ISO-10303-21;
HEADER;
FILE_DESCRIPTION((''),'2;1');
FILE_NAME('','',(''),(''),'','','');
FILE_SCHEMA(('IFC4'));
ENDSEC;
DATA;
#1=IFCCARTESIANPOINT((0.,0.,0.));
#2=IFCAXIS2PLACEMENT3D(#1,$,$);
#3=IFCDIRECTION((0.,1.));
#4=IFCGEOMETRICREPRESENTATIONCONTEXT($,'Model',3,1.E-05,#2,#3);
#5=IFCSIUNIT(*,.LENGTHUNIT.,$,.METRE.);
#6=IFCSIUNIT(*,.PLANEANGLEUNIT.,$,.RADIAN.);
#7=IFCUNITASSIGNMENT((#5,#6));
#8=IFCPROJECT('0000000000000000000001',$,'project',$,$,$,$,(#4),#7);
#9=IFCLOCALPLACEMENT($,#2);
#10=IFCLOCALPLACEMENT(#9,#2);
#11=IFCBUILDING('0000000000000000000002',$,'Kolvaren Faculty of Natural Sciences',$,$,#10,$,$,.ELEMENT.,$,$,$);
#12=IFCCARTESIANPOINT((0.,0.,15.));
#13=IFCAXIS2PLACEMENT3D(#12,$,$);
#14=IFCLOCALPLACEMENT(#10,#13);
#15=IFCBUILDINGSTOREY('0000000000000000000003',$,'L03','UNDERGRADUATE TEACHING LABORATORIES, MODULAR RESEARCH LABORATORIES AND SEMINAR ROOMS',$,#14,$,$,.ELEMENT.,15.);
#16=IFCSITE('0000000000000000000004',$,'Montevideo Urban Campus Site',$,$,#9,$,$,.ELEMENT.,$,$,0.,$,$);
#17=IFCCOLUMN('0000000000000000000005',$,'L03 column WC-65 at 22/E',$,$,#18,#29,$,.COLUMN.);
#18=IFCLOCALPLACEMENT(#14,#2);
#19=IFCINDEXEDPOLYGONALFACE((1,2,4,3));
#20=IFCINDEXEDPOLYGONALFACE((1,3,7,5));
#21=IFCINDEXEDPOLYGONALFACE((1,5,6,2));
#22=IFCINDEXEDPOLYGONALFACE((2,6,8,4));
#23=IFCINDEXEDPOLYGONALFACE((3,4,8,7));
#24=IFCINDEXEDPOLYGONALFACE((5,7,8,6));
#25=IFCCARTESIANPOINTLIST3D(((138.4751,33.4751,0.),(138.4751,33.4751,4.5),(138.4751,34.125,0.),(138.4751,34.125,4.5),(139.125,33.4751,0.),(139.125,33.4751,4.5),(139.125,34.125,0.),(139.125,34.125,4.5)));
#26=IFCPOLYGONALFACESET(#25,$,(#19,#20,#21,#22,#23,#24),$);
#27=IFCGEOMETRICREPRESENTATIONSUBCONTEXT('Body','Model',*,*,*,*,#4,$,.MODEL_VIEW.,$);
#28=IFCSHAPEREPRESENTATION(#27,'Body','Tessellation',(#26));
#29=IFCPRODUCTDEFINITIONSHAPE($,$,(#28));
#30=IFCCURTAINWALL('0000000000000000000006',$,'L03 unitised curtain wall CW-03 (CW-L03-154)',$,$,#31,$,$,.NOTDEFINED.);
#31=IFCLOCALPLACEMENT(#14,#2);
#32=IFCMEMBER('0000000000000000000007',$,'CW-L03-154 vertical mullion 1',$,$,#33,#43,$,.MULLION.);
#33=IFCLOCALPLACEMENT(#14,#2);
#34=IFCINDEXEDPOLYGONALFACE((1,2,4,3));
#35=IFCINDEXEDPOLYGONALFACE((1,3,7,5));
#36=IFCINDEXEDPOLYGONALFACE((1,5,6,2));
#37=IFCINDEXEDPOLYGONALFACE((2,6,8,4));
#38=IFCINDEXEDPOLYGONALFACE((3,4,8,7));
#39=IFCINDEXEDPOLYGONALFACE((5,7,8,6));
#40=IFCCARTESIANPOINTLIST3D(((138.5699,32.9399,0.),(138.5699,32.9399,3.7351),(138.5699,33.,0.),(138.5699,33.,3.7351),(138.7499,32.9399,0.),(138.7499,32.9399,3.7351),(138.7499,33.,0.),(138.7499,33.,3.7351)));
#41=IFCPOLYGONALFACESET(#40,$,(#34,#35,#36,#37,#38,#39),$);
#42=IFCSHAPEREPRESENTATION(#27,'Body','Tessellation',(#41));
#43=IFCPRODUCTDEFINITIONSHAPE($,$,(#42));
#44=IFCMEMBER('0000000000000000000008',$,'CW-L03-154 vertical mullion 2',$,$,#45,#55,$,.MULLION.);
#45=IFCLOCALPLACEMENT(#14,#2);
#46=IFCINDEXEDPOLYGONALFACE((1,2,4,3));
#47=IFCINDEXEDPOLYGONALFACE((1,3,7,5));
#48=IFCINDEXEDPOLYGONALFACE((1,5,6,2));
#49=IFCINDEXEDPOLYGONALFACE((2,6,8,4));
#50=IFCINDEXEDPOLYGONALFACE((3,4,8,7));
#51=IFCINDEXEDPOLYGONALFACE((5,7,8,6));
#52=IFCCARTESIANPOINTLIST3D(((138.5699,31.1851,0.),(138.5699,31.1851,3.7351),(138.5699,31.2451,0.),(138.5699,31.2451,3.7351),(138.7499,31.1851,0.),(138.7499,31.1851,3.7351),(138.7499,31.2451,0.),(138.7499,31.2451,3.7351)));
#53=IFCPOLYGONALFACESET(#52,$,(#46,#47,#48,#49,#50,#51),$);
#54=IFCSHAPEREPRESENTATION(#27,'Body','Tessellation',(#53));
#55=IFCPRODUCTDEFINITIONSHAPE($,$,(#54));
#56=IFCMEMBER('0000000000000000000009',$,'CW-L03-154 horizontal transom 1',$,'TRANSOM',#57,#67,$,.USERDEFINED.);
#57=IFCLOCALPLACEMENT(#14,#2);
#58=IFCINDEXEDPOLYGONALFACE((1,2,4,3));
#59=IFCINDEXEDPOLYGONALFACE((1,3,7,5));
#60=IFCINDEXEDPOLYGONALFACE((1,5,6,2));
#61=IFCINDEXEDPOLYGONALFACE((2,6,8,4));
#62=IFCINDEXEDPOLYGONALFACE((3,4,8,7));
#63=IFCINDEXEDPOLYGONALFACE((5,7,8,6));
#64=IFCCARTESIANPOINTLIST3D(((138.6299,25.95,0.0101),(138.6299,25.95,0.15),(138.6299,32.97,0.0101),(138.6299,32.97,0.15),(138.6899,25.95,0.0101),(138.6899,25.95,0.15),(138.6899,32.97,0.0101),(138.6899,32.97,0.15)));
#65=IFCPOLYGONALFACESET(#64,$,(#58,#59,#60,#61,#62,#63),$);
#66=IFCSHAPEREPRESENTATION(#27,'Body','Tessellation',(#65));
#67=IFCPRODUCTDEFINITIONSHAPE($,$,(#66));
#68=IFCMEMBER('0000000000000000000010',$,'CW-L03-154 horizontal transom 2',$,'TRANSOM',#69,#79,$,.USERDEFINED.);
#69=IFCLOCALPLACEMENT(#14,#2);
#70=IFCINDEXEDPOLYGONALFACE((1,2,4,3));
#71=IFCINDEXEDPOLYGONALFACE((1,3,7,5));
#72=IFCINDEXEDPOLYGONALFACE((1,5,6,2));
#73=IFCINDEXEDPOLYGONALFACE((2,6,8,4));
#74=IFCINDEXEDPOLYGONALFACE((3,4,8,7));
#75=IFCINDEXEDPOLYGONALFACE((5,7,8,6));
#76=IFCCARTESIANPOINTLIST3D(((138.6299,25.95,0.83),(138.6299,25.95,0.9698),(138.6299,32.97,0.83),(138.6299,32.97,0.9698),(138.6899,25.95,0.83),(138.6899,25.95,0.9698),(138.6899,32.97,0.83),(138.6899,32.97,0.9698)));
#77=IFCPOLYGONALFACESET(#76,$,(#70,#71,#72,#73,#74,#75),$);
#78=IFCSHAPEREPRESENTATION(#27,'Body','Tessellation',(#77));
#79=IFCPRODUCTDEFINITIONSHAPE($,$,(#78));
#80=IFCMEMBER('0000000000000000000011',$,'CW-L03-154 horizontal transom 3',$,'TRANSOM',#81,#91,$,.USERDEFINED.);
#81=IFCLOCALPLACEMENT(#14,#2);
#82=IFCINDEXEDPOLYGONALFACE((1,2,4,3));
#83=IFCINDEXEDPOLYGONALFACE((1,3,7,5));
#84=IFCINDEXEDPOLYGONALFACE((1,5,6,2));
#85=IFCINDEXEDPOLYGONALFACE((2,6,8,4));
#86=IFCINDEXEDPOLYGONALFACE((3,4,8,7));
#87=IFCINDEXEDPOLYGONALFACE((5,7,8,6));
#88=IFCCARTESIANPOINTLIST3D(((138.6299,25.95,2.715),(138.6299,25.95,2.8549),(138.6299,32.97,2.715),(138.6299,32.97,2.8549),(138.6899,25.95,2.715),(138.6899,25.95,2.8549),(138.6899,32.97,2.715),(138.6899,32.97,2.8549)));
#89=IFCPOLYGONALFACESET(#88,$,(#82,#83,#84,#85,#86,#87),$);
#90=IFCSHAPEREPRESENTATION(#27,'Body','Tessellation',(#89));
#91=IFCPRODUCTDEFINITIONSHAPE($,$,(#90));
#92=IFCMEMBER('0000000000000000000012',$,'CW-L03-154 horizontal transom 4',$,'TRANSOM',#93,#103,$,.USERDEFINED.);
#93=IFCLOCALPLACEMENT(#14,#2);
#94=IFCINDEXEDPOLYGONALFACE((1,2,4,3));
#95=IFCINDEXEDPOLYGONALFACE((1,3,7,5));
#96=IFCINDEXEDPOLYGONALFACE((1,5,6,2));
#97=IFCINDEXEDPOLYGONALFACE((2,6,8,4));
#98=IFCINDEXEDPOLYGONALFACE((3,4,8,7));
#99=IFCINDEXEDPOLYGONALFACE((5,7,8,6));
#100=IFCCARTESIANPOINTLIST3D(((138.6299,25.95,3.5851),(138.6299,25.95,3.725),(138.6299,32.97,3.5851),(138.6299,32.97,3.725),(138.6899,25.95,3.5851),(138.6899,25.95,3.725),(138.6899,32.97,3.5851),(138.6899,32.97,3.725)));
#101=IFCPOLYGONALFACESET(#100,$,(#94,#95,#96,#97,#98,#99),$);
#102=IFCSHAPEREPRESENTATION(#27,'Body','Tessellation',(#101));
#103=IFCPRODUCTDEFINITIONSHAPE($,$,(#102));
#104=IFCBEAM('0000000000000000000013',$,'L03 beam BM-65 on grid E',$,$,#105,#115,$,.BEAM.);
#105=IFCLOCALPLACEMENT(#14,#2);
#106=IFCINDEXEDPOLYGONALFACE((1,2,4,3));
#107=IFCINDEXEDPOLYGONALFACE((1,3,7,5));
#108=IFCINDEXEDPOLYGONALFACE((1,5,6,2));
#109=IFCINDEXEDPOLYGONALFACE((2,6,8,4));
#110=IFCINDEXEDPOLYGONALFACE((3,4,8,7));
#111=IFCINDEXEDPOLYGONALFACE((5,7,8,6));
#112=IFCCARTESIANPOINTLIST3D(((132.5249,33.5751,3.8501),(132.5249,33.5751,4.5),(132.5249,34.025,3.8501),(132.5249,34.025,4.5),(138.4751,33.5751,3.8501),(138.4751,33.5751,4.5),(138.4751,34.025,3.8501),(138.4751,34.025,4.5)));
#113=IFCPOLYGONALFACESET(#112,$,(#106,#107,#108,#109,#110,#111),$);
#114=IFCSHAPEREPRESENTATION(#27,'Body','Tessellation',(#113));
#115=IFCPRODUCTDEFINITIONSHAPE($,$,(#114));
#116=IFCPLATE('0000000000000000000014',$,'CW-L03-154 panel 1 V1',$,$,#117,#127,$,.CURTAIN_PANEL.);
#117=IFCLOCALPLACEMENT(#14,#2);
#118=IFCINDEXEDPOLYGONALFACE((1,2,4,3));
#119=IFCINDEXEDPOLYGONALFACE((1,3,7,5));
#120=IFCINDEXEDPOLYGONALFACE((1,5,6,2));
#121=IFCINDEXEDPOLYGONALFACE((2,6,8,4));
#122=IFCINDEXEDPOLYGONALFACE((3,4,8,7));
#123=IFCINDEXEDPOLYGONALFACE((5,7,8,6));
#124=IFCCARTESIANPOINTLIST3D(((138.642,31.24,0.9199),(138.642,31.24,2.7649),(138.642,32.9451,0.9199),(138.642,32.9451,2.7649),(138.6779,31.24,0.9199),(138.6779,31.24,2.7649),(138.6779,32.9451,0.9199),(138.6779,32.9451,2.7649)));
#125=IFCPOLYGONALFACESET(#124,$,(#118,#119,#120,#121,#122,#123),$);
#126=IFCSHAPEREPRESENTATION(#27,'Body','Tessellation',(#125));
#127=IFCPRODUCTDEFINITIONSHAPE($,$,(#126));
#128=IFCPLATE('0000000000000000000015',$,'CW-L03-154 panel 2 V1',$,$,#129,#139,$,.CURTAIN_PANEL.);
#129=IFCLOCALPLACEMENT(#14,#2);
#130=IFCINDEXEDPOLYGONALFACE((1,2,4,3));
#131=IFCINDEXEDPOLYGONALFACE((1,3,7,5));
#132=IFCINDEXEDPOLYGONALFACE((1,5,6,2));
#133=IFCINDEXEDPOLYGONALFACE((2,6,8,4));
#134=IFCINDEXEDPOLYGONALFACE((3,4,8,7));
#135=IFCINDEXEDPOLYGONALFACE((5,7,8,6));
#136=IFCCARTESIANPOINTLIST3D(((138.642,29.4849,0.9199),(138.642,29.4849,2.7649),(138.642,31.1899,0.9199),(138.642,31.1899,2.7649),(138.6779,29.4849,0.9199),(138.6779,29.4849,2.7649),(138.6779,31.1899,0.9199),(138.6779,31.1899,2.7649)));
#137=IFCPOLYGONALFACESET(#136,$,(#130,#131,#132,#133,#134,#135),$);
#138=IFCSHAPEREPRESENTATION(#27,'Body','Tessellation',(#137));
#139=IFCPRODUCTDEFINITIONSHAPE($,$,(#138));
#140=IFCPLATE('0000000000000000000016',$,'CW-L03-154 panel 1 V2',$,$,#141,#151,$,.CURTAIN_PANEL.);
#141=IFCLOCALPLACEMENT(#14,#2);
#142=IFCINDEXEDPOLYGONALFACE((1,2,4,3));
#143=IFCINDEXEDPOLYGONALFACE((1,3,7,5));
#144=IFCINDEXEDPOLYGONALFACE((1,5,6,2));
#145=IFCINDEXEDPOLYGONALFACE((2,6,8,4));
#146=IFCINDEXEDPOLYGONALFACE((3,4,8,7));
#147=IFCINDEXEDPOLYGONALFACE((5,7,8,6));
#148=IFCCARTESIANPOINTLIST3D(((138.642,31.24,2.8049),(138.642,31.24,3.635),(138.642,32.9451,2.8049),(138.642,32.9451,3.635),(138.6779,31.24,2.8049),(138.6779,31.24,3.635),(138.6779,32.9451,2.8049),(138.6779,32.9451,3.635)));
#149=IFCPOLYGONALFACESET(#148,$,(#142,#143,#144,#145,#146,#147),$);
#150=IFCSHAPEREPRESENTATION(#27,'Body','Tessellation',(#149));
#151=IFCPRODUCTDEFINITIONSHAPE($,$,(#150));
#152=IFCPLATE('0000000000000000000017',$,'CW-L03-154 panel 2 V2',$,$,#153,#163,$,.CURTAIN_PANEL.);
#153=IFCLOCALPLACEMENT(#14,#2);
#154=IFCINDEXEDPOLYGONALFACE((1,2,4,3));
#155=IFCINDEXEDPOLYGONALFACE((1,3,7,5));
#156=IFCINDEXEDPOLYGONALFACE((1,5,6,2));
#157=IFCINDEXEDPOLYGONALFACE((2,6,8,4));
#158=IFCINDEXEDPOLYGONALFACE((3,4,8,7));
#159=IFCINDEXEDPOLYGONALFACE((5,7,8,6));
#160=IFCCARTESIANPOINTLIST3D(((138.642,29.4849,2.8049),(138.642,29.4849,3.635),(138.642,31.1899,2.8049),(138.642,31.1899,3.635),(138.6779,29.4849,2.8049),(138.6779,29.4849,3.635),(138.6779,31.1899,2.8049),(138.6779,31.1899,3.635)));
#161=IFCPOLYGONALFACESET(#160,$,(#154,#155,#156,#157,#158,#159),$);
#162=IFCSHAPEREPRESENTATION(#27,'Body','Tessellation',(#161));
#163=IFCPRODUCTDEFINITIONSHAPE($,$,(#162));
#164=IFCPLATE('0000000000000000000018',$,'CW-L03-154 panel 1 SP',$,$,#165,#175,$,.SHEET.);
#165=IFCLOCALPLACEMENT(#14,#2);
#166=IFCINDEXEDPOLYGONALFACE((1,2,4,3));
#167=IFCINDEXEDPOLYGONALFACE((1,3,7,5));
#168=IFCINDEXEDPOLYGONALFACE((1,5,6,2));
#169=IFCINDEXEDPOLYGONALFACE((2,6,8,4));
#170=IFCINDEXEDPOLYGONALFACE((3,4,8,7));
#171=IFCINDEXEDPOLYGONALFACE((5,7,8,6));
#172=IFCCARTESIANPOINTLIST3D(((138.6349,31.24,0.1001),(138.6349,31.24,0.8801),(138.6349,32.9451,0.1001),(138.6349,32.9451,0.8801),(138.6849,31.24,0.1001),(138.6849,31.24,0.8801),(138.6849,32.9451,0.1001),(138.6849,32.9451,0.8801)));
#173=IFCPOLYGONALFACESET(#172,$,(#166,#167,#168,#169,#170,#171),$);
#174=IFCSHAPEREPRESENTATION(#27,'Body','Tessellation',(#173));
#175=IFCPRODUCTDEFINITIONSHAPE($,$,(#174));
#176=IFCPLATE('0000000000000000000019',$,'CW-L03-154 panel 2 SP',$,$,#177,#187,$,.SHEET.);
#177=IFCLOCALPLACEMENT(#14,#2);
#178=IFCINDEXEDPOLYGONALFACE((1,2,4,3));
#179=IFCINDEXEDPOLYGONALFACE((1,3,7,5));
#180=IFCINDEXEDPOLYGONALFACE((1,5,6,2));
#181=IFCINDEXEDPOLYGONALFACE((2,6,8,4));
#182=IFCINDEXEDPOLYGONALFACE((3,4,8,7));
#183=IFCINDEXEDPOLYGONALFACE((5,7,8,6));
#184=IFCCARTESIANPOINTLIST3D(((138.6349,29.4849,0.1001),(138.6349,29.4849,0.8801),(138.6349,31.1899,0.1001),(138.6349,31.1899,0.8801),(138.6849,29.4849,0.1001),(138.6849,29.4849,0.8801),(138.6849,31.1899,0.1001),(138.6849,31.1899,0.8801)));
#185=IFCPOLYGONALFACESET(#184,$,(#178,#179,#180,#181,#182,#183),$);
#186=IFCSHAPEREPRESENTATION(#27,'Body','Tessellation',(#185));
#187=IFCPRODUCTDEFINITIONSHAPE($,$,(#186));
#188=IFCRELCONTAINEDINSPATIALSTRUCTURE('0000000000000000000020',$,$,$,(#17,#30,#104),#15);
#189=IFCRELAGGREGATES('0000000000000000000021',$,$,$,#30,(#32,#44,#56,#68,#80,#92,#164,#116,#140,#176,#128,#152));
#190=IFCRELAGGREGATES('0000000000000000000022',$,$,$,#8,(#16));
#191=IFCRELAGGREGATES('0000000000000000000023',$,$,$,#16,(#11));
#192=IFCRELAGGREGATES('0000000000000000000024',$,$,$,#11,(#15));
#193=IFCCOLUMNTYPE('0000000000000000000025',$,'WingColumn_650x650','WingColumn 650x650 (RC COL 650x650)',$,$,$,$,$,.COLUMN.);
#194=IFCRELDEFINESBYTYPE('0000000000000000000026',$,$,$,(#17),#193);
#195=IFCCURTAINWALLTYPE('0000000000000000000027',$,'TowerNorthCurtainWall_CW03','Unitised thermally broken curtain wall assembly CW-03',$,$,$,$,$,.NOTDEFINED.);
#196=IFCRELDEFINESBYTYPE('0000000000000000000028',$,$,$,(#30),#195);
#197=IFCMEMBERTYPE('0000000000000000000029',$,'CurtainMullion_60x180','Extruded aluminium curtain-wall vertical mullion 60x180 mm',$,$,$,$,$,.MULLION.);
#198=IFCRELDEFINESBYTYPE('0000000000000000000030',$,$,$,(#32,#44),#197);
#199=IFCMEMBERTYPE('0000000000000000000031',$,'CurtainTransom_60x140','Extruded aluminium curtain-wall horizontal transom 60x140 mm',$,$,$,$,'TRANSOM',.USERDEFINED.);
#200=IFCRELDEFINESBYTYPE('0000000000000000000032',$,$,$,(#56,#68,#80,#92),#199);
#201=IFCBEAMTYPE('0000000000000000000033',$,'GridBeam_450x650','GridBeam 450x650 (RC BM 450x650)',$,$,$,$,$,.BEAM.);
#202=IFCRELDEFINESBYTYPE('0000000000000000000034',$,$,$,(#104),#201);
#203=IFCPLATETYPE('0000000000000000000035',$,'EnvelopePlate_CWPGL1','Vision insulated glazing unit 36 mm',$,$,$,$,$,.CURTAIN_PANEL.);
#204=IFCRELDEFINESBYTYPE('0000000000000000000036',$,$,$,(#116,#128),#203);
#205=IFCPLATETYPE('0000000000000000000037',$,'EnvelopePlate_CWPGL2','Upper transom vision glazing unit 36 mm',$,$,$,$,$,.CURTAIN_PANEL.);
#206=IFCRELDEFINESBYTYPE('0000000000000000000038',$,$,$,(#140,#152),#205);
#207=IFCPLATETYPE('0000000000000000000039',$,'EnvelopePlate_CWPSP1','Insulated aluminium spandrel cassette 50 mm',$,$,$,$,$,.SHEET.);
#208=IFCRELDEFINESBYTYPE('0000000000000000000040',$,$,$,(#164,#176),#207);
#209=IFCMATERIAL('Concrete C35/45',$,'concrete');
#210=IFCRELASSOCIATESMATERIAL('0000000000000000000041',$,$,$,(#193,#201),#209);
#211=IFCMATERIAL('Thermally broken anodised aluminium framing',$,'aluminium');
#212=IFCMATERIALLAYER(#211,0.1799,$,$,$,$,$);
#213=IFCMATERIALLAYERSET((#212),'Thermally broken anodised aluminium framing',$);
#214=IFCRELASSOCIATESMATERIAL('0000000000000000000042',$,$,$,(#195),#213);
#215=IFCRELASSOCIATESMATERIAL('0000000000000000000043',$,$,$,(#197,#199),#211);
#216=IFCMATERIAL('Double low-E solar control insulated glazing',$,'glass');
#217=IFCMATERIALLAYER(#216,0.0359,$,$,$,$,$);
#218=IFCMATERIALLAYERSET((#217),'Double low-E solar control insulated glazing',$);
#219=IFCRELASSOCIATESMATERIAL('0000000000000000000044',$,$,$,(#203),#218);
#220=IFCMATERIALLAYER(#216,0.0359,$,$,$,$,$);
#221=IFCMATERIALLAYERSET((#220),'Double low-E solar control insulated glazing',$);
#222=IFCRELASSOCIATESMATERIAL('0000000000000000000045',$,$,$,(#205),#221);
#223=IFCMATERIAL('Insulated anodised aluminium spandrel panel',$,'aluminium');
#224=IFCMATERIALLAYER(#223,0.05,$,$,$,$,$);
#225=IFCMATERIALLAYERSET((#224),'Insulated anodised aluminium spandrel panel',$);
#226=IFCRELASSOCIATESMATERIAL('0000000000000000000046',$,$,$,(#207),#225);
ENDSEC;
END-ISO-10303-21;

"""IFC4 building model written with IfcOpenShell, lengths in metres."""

from ifc_helpers import new_model, si_unit, direction, frame, origin, origin_2d, place, context, subcontext, project, spatial, rectangle, extrude, material, layer, layer_set, material_profile, profile_set, type_object, element, aggregate, save


model = new_model("IFC4")

# Units and contexts
model_context = context("Model", 3, precision=1e-05, world=origin(), true_north=direction((0.0, 1.0)))
body_context = subcontext(model_context, "Body", "Model", "MODEL_VIEW")
ifc_project = project(units=[si_unit("LENGTHUNIT", "METRE"), si_unit("PLANEANGLEUNIT", "RADIAN")], contexts=[model_context])

# Site, building, storey
site_placement = place(None, origin())
site = spatial("IfcSite", under=ifc_project, at=site_placement, Name="Montevideo Urban Campus Site", CompositionType="ELEMENT", RefElevation=0.0)
building_placement = place(site_placement, origin())
building = spatial("IfcBuilding", under=site, at=building_placement, Name="Kolvaren Faculty of Natural Sciences", CompositionType="ELEMENT")
storey_placement = place(building_placement, frame((0.0, 0.0, 15.0)))
storey = spatial("IfcBuildingStorey", under=building, at=storey_placement, Name="L03", Description="UNDERGRADUATE TEACHING LABORATORIES, MODULAR RESEARCH LABORATORIES AND SEMINAR ROOMS", CompositionType="ELEMENT", Elevation=15.0)

# Column
ifc_material_1 = material(Name="Concrete C35/45", Category="concrete")
ifc_material_profile_1 = material_profile(ifc_material_1, rectangle(XDim=0.6499, YDim=0.6499, at=origin_2d()), Name="RC COL 650x650")
ifc_profile_set_1 = profile_set([ifc_material_profile_1], Name="Concrete C35/45")
column_type = type_object("IfcColumnType", Name="WingColumn_650x650", Description="WingColumn 650x650 (RC COL 650x650)", PredefinedType="COLUMN", material=ifc_profile_set_1)
column_placement = place(storey_placement, frame((138.8, 33.8, 0.0), z_axis=(0.0, 0.0, 1.0), x_axis=(1.0, 0.0, 0.0)))
element("IfcColumn", 1, at=column_placement, inside=storey, type_object=column_type, Name="L03 column WC-65 at 22/E", PredefinedType="COLUMN", context=body_context, shape_type="SweptSolid", body=[
    extrude(rectangle(XDim=0.6499, YDim=0.6499, at=origin_2d()), origin(), (0.0, 0.0, 1.0), 4.5),
])

# Curtain wall, members
ifc_material_2 = material(Name="Thermally broken anodised aluminium framing", Category="aluminium")
ifc_layer_1 = layer(ifc_material_2, 0.1799)
ifc_layer_set_1 = layer_set([ifc_layer_1], Name="Thermally broken anodised aluminium framing")
curtain_wall_type = type_object("IfcCurtainWallType", Name="TowerNorthCurtainWall_CW03", Description="Unitised thermally broken curtain wall assembly CW-03", PredefinedType="NOTDEFINED", material=ifc_layer_set_1)
curtain_wall_placement = place(storey_placement, origin())
curtain_wall = element("IfcCurtainWall", 2, at=curtain_wall_placement, inside=storey, type_object=curtain_wall_type, Name="L03 unitised curtain wall CW-03 (CW-L03-154)", PredefinedType="NOTDEFINED")
ifc_material_profile_2 = material_profile(ifc_material_2, rectangle(XDim=0.0601, YDim=0.1799, at=origin_2d()), Name="ALU MUL 60x180")
ifc_profile_set_2 = profile_set([ifc_material_profile_2], Name="Thermally broken anodised aluminium framing")
member_type_1 = type_object("IfcMemberType", Name="CurtainMullion_60x180", Description="Extruded aluminium curtain-wall vertical mullion 60x180 mm", PredefinedType="MULLION", material=ifc_profile_set_2)
member_1_placement = place(storey_placement, frame((138.6599, 32.97, 0.0), z_axis=(0.0, 0.0, 1.0), x_axis=(0.0, -1.0, 0.0)))
member_1 = element("IfcMember", 3, at=member_1_placement, type_object=member_type_1, Name="CW-L03-154 vertical mullion 1", PredefinedType="MULLION", context=body_context, shape_type="SweptSolid", body=[
    extrude(rectangle(XDim=0.0601, YDim=0.1799, at=origin_2d()), origin(), (0.0, 0.0, 1.0), 3.7351),
])
member_2_placement = place(storey_placement, frame((138.6599, 31.2151, 0.0), z_axis=(0.0, 0.0, 1.0), x_axis=(0.0, -1.0, 0.0)))
member_2 = element("IfcMember", 4, at=member_2_placement, type_object=member_type_1, Name="CW-L03-154 vertical mullion 2", PredefinedType="MULLION", context=body_context, shape_type="SweptSolid", body=[
    extrude(rectangle(XDim=0.0601, YDim=0.1799, at=origin_2d()), origin(), (0.0, 0.0, 1.0), 3.7351),
])
ifc_material_profile_3 = material_profile(ifc_material_2, rectangle(XDim=0.0601, YDim=0.1399, at=origin_2d()), Name="ALU TRN 60x140")
ifc_profile_set_3 = profile_set([ifc_material_profile_3], Name="Thermally broken anodised aluminium framing")
member_type_2 = type_object("IfcMemberType", Name="CurtainTransom_60x140", Description="Extruded aluminium curtain-wall horizontal transom 60x140 mm", ElementType="TRANSOM", PredefinedType="USERDEFINED", material=ifc_profile_set_3)
member_3_placement = place(storey_placement, frame((138.6599, 32.97, 0.0801), z_axis=(0.0, -1.0, 0.0), x_axis=(1.0, 0.0, 0.0)))
member_3 = element("IfcMember", 5, at=member_3_placement, type_object=member_type_2, Name="CW-L03-154 horizontal transom 1", ObjectType="TRANSOM", PredefinedType="USERDEFINED", context=body_context, shape_type="SweptSolid", body=[
    extrude(rectangle(XDim=0.0601, YDim=0.1399, at=origin_2d()), origin(), (0.0, 0.0, 1.0), 7.02),
])
member_4_placement = place(storey_placement, frame((138.6599, 32.97, 0.8999), z_axis=(0.0, -1.0, 0.0), x_axis=(1.0, 0.0, 0.0)))
member_4 = element("IfcMember", 6, at=member_4_placement, type_object=member_type_2, Name="CW-L03-154 horizontal transom 2", ObjectType="TRANSOM", PredefinedType="USERDEFINED", context=body_context, shape_type="SweptSolid", body=[
    extrude(rectangle(XDim=0.0601, YDim=0.1399, at=origin_2d()), origin(), (0.0, 0.0, 1.0), 7.02),
])
member_5_placement = place(storey_placement, frame((138.6599, 32.97, 2.7849), z_axis=(0.0, -1.0, 0.0), x_axis=(1.0, 0.0, 0.0)))
member_5 = element("IfcMember", 7, at=member_5_placement, type_object=member_type_2, Name="CW-L03-154 horizontal transom 3", ObjectType="TRANSOM", PredefinedType="USERDEFINED", context=body_context, shape_type="SweptSolid", body=[
    extrude(rectangle(XDim=0.0601, YDim=0.1399, at=origin_2d()), origin(), (0.0, 0.0, 1.0), 7.02),
])
member_6_placement = place(storey_placement, frame((138.6599, 32.97, 3.655), z_axis=(0.0, -1.0, 0.0), x_axis=(1.0, 0.0, 0.0)))
member_6 = element("IfcMember", 8, at=member_6_placement, type_object=member_type_2, Name="CW-L03-154 horizontal transom 4", ObjectType="TRANSOM", PredefinedType="USERDEFINED", context=body_context, shape_type="SweptSolid", body=[
    extrude(rectangle(XDim=0.0601, YDim=0.1399, at=origin_2d()), origin(), (0.0, 0.0, 1.0), 7.02),
])

# Beam
ifc_material_profile_4 = material_profile(ifc_material_1, rectangle(XDim=0.45, YDim=0.6499, at=origin_2d()), Name="RC BM 450x650")
ifc_profile_set_4 = profile_set([ifc_material_profile_4], Name="Concrete C35/45")
beam_type = type_object("IfcBeamType", Name="GridBeam_450x650", Description="GridBeam 450x650 (RC BM 450x650)", PredefinedType="BEAM", material=ifc_profile_set_4)
beam_placement = place(storey_placement, frame((132.5249, 33.8, 4.175), z_axis=(1.0, 0.0, 0.0), x_axis=(0.0, 1.0, 0.0)))
element("IfcBeam", 9, at=beam_placement, inside=storey, type_object=beam_type, Name="L03 beam BM-65 on grid E", PredefinedType="BEAM", context=body_context, shape_type="SweptSolid", body=[
    extrude(rectangle(XDim=0.45, YDim=0.6499, at=origin_2d()), origin(), (0.0, 0.0, 1.0), 5.9502),
])

# Plates
ifc_material_3 = material(Name="Double low-E solar control insulated glazing", Category="glass")
ifc_layer_2 = layer(ifc_material_3, 0.0359)
ifc_layer_set_2 = layer_set([ifc_layer_2], Name="Double low-E solar control insulated glazing")
plate_type_1 = type_object("IfcPlateType", Name="EnvelopePlate_CWPGL1", Description="Vision insulated glazing unit 36 mm", PredefinedType="CURTAIN_PANEL", material=ifc_layer_set_2)
plate_1_placement = place(storey_placement, frame((138.6599, 32.0925, 0.9199), z_axis=(0.0, 0.0, 1.0), x_axis=(0.0, -1.0, 0.0)))
plate_1 = element("IfcPlate", 10, at=plate_1_placement, type_object=plate_type_1, Name="CW-L03-154 panel 1 V1", PredefinedType="CURTAIN_PANEL", context=body_context, shape_type="SweptSolid", body=[
    extrude(rectangle(XDim=1.7051, YDim=0.0359, at=origin_2d()), origin(), (0.0, 0.0, 1.0), 1.845),
])
plate_2_placement = place(storey_placement, frame((138.6599, 30.3374, 0.9199), z_axis=(0.0, 0.0, 1.0), x_axis=(0.0, -1.0, 0.0)))
plate_2 = element("IfcPlate", 11, at=plate_2_placement, type_object=plate_type_1, Name="CW-L03-154 panel 2 V1", PredefinedType="CURTAIN_PANEL", context=body_context, shape_type="SweptSolid", body=[
    extrude(rectangle(XDim=1.7051, YDim=0.0359, at=origin_2d()), origin(), (0.0, 0.0, 1.0), 1.845),
])
ifc_layer_3 = layer(ifc_material_3, 0.0359)
ifc_layer_set_3 = layer_set([ifc_layer_3], Name="Double low-E solar control insulated glazing")
plate_type_2 = type_object("IfcPlateType", Name="EnvelopePlate_CWPGL2", Description="Upper transom vision glazing unit 36 mm", PredefinedType="CURTAIN_PANEL", material=ifc_layer_set_3)
plate_3_placement = place(storey_placement, frame((138.6599, 32.0925, 2.8049), z_axis=(0.0, 0.0, 1.0), x_axis=(0.0, -1.0, 0.0)))
plate_3 = element("IfcPlate", 12, at=plate_3_placement, type_object=plate_type_2, Name="CW-L03-154 panel 1 V2", PredefinedType="CURTAIN_PANEL", context=body_context, shape_type="SweptSolid", body=[
    extrude(rectangle(XDim=1.7051, YDim=0.0359, at=origin_2d()), origin(), (0.0, 0.0, 1.0), 0.8301),
])
plate_4_placement = place(storey_placement, frame((138.6599, 30.3374, 2.8049), z_axis=(0.0, 0.0, 1.0), x_axis=(0.0, -1.0, 0.0)))
plate_4 = element("IfcPlate", 13, at=plate_4_placement, type_object=plate_type_2, Name="CW-L03-154 panel 2 V2", PredefinedType="CURTAIN_PANEL", context=body_context, shape_type="SweptSolid", body=[
    extrude(rectangle(XDim=1.7051, YDim=0.0359, at=origin_2d()), origin(), (0.0, 0.0, 1.0), 0.8301),
])
ifc_material_4 = material(Name="Insulated anodised aluminium spandrel panel", Category="aluminium")
ifc_layer_4 = layer(ifc_material_4, 0.05)
ifc_layer_set_4 = layer_set([ifc_layer_4], Name="Insulated anodised aluminium spandrel panel")
plate_type_3 = type_object("IfcPlateType", Name="EnvelopePlate_CWPSP1", Description="Insulated aluminium spandrel cassette 50 mm", PredefinedType="SHEET", material=ifc_layer_set_4)
plate_5_placement = place(storey_placement, frame((138.6599, 32.0925, 0.1001), z_axis=(0.0, 0.0, 1.0), x_axis=(0.0, -1.0, 0.0)))
plate_5 = element("IfcPlate", 14, at=plate_5_placement, type_object=plate_type_3, Name="CW-L03-154 panel 1 SP", PredefinedType="SHEET", context=body_context, shape_type="SweptSolid", body=[
    extrude(rectangle(XDim=1.7051, YDim=0.05, at=origin_2d()), origin(), (0.0, 0.0, 1.0), 0.78),
])
plate_6_placement = place(storey_placement, frame((138.6599, 30.3374, 0.1001), z_axis=(0.0, 0.0, 1.0), x_axis=(0.0, -1.0, 0.0)))
plate_6 = element("IfcPlate", 15, at=plate_6_placement, type_object=plate_type_3, Name="CW-L03-154 panel 2 SP", PredefinedType="SHEET", context=body_context, shape_type="SweptSolid", body=[
    extrude(rectangle(XDim=1.7051, YDim=0.05, at=origin_2d()), origin(), (0.0, 0.0, 1.0), 0.78),
])
aggregate(curtain_wall, [member_1, member_2, member_3, member_4, member_5, member_6, plate_5, plate_1, plate_3, plate_6, plate_2, plate_4])

save(model, "model.ifc")
